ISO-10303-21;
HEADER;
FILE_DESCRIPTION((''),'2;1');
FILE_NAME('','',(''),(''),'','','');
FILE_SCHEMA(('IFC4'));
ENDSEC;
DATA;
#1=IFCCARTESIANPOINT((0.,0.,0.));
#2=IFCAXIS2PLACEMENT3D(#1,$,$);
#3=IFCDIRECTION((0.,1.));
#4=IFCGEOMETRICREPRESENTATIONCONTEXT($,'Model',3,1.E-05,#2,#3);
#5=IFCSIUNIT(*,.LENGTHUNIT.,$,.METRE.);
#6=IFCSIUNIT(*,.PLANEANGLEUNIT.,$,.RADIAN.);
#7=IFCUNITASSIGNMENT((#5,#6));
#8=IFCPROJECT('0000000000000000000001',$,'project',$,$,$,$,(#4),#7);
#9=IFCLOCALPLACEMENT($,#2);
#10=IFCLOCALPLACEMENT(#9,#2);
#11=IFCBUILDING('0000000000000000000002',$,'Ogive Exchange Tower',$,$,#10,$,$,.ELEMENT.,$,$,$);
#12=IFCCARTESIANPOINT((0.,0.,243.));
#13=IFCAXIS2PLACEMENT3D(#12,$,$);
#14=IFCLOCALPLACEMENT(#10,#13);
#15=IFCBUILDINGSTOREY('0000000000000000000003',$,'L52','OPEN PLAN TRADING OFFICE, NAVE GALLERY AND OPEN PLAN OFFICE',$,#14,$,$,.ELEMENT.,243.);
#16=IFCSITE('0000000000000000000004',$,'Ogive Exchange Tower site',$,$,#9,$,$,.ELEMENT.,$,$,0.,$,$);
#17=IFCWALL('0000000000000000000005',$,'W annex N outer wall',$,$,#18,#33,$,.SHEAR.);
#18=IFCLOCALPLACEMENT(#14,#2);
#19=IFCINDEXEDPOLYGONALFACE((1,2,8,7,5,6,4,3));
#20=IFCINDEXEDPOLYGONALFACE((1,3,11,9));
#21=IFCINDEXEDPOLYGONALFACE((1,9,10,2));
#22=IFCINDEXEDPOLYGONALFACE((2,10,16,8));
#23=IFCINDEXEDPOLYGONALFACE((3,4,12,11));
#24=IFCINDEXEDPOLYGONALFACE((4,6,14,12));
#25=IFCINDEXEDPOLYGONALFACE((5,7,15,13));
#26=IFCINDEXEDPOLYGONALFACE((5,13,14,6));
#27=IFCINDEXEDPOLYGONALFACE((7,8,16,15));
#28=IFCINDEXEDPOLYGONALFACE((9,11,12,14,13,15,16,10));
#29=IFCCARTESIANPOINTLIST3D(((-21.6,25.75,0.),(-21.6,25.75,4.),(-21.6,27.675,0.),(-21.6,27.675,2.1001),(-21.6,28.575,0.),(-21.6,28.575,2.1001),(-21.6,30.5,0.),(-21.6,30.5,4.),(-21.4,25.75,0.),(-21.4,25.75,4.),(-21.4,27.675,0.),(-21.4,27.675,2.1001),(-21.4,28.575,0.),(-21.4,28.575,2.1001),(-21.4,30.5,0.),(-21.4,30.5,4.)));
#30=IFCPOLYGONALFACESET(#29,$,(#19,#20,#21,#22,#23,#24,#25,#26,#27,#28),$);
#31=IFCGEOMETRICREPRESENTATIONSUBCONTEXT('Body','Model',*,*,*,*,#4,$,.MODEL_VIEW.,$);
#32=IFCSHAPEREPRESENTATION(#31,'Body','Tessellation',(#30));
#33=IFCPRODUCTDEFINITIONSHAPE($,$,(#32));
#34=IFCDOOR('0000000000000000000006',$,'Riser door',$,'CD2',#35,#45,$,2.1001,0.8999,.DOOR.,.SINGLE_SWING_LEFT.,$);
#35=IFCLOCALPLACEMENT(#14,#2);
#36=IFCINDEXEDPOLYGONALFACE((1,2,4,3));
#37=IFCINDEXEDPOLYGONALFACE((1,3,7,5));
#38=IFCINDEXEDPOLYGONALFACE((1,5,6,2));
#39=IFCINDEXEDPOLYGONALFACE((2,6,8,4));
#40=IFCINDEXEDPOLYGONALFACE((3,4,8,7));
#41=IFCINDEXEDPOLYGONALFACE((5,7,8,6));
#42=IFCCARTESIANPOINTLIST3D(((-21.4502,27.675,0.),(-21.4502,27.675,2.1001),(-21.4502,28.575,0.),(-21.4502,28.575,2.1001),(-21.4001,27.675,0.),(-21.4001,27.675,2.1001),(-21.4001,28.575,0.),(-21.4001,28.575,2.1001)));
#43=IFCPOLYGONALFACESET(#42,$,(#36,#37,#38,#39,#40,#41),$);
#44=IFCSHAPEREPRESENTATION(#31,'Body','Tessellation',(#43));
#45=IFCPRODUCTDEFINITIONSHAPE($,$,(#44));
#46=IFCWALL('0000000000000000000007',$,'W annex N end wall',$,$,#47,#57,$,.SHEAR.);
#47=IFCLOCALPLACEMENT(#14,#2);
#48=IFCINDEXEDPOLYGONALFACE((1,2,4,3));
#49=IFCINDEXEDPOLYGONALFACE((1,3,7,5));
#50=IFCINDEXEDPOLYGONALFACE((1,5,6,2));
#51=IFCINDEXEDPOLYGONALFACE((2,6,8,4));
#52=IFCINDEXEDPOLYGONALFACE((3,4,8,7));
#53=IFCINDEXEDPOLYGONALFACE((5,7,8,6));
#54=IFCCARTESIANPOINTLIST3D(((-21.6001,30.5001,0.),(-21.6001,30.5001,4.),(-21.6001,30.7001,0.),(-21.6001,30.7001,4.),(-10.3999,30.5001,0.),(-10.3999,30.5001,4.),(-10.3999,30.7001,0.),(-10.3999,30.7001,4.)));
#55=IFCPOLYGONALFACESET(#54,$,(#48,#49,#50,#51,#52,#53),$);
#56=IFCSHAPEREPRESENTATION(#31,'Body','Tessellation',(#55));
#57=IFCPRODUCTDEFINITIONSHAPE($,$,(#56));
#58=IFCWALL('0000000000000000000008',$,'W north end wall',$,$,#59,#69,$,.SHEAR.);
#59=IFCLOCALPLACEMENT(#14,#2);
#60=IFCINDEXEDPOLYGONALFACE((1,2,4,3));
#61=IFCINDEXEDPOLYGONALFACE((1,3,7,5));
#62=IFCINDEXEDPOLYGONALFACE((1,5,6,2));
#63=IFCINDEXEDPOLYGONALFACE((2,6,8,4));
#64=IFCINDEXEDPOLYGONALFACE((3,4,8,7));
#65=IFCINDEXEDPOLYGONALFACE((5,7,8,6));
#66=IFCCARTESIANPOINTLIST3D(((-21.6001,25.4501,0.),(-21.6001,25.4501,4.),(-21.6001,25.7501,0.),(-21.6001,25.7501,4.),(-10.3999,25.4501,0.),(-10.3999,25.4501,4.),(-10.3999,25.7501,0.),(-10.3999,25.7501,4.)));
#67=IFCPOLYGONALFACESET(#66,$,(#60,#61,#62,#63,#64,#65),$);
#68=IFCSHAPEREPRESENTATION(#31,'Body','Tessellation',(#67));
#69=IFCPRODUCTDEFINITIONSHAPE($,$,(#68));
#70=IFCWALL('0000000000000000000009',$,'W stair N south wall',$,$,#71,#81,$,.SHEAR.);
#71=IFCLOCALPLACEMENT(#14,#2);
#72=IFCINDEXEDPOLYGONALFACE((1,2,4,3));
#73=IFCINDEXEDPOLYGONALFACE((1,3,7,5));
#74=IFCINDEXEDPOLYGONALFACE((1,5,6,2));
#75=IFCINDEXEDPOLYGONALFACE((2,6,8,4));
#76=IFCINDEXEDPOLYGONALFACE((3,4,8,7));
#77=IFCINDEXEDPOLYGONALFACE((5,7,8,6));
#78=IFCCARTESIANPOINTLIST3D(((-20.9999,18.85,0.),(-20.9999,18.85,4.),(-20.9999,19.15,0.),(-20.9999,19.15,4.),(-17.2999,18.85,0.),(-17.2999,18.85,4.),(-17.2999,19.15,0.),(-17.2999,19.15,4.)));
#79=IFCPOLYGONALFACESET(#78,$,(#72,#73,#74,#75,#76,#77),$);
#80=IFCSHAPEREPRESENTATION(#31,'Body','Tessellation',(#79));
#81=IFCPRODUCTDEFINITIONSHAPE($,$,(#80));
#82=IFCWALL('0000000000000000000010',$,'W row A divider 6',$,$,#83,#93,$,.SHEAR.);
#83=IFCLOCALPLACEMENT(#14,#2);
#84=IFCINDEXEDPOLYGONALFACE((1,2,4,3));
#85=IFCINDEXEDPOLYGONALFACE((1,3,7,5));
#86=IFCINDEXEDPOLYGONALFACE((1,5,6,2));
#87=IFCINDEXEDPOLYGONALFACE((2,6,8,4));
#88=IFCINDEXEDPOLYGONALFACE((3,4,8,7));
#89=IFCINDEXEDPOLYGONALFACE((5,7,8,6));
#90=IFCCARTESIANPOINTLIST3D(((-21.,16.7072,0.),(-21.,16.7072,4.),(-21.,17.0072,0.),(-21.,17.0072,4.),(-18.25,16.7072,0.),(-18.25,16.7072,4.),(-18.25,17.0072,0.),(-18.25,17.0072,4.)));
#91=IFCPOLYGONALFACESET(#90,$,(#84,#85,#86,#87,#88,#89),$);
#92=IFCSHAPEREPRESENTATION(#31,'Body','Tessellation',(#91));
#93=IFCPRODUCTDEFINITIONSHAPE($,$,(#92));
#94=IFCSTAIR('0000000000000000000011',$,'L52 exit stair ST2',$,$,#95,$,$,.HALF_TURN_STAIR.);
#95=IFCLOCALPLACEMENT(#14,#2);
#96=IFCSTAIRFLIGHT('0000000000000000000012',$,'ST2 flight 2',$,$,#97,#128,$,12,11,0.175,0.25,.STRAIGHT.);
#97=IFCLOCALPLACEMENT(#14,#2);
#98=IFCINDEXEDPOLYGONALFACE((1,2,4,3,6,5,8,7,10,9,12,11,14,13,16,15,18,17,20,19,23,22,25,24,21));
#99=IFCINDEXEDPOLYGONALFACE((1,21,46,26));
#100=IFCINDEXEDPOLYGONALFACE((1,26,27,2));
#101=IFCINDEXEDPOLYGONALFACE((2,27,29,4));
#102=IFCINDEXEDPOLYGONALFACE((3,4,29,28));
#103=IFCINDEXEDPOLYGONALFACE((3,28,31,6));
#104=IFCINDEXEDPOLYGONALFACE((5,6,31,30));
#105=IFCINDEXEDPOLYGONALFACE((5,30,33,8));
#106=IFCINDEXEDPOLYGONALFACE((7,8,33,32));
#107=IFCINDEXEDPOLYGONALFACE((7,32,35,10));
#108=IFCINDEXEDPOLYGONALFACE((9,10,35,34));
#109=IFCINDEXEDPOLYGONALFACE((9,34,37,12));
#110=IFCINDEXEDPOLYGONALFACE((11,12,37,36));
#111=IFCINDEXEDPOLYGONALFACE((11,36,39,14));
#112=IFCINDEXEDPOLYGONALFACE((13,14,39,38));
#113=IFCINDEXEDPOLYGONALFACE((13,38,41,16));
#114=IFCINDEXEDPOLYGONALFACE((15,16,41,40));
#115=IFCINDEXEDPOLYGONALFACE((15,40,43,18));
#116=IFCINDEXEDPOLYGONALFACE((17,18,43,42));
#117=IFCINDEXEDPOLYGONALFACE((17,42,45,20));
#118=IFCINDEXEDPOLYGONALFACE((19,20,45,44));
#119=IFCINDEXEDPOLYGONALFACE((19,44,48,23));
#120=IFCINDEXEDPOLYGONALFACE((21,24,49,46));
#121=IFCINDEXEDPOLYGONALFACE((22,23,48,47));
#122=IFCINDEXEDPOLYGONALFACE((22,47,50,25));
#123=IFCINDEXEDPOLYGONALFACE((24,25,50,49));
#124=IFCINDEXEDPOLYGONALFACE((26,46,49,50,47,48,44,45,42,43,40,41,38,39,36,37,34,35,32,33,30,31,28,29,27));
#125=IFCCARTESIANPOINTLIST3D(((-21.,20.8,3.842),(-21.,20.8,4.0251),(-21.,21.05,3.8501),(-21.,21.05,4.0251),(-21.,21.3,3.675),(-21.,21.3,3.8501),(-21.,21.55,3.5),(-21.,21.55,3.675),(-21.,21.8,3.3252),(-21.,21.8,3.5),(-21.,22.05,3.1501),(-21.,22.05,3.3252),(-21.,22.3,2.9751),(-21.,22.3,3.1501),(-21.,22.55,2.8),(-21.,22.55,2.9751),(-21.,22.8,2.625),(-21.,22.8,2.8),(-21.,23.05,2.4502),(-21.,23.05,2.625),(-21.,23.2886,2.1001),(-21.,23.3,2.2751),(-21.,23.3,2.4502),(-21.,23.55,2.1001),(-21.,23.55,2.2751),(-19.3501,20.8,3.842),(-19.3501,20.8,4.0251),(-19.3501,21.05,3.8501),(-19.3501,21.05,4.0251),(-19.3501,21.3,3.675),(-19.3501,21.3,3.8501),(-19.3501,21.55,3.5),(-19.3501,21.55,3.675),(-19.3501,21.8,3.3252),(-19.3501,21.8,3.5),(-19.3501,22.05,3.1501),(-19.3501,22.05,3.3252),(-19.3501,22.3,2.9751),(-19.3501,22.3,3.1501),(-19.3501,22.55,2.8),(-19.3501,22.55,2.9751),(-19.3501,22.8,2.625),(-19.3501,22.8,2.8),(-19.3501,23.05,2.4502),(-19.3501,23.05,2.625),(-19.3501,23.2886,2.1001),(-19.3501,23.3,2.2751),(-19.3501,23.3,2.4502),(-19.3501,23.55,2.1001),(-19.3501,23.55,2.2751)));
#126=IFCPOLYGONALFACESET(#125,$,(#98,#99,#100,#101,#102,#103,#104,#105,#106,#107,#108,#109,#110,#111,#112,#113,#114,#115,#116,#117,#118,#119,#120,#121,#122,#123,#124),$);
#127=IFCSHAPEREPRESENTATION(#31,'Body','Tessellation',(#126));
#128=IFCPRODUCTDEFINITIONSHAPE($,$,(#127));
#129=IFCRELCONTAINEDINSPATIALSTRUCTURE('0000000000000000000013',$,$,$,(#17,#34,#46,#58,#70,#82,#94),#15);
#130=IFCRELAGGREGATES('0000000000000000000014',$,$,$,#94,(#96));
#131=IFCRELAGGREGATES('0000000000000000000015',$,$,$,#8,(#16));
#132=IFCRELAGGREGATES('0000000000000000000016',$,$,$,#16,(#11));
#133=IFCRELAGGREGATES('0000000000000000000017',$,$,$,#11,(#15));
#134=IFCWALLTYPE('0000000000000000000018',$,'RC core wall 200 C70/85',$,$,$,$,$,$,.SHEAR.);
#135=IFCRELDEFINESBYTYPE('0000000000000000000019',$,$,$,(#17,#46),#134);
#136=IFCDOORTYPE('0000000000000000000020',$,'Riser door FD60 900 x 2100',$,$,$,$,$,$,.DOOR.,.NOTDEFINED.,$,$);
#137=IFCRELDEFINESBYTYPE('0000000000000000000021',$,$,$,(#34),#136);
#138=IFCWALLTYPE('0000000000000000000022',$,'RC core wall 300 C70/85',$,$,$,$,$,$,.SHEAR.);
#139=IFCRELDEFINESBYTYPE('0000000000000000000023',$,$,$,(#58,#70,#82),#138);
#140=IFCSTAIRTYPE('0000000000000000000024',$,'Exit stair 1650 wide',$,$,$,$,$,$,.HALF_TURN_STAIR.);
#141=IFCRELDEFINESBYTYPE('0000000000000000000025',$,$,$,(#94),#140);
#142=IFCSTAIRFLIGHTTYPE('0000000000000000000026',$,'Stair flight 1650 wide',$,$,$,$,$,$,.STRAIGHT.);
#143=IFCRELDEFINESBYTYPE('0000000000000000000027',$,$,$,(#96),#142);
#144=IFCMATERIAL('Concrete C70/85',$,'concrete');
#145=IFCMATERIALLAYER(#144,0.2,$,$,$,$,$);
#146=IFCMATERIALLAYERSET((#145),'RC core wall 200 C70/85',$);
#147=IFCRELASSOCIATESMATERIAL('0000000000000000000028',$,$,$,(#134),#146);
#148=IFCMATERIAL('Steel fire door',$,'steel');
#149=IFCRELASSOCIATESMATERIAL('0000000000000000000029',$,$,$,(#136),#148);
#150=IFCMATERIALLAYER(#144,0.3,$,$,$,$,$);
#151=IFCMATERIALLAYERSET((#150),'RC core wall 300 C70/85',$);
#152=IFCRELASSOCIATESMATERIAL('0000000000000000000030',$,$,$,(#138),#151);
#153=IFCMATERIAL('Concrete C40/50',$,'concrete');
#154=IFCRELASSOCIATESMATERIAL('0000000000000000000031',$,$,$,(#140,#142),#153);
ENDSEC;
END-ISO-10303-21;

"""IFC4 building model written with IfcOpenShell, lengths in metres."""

from ifc_helpers import new_model, si_unit, direction, frame, frame_2d, origin, place, context, subcontext, project, spatial, polyline, rectangle, outline, extrude, material, layer, layer_set, type_object, element, fill, aggregate, save


model = new_model("IFC4")

# Units and contexts
model_context = context("Model", 3, precision=1e-05, world=origin(), true_north=direction((0.0, 1.0)))
body_context = subcontext(model_context, "Body", "Model", "MODEL_VIEW")
ifc_project = project(units=[si_unit("LENGTHUNIT", "METRE"), si_unit("PLANEANGLEUNIT", "RADIAN")], contexts=[model_context])

# Site, building, storey
site_placement = place(None, origin())
site = spatial("IfcSite", under=ifc_project, at=site_placement, Name="Ogive Exchange Tower site", CompositionType="ELEMENT", RefElevation=0.0)
building_placement = place(site_placement, origin())
building = spatial("IfcBuilding", under=site, at=building_placement, Name="Ogive Exchange Tower", CompositionType="ELEMENT")
storey_placement = place(building_placement, frame((0.0, 0.0, 243.0)))
storey = spatial("IfcBuildingStorey", under=building, at=storey_placement, Name="L52", Description="OPEN PLAN TRADING OFFICE, NAVE GALLERY AND OPEN PLAN OFFICE", CompositionType="ELEMENT", Elevation=243.0)

# Wall, opening, door
ifc_material_1 = material(Name="Concrete C70/85", Category="concrete")
ifc_layer_1 = layer(ifc_material_1, 0.2)
ifc_layer_set_1 = layer_set([ifc_layer_1], Name="RC core wall 200 C70/85")
wall_type_1 = type_object("IfcWallType", Name="RC core wall 200 C70/85", PredefinedType="SHEAR", material=ifc_layer_set_1)
wall_1_placement = place(storey_placement, frame((-21.5, 25.75, 0.0), z_axis=(0.0, 0.0, 1.0), x_axis=(0.0, 1.0, 0.0)))
wall_1 = element("IfcWall", 1, at=wall_1_placement, inside=storey, type_object=wall_type_1, Name="W annex N outer wall", PredefinedType="SHEAR", context=body_context, shape_type="SweptSolid", body=[
    extrude(rectangle(XDim=4.75, YDim=0.2, at=frame_2d((2.375, 0.0))), origin(), (0.0, 0.0, 1.0), 4.0),
])
opening_placement = place(wall_1_placement, frame((1.925, 0.0, 0.0)))
opening = element("IfcOpeningElement", 2, at=opening_placement, cuts=wall_1, PredefinedType="OPENING", context=body_context, shape_type="SweptSolid", body=[
    extrude(rectangle(XDim=0.8999, YDim=2.1001, at=frame_2d((0.45, 1.05))), frame((0.0, 0.1099, 0.0), z_axis=(0.0, -1.0, 0.0), x_axis=(1.0, 0.0, 0.0)), (0.0, 0.0, 1.0), 0.22),
])
ifc_material_2 = material(Name="Steel fire door", Category="steel")
door_type = type_object("IfcDoorType", Name="Riser door FD60 900 x 2100", OperationType="NOTDEFINED", PredefinedType="DOOR", material=ifc_material_2)
door_placement = place(opening_placement, origin())
door = element("IfcDoor", 3, at=door_placement, inside=storey, type_object=door_type, Name="Riser door", ObjectType="CD2", OperationType="SINGLE_SWING_LEFT", OverallHeight=2.1001, OverallWidth=0.8999, PredefinedType="DOOR", context=body_context, shape_type="SweptSolid", body=[
    extrude(rectangle(XDim=0.8999, YDim=2.1001, at=frame_2d((0.45, 1.05))), frame((0.0, -0.0498, 0.0), z_axis=(0.0, -1.0, 0.0), x_axis=(1.0, 0.0, 0.0)), (0.0, 0.0, 1.0), 0.05),
])
fill(opening, door)

# Walls
wall_2_placement = place(storey_placement, frame((-21.6001, 30.6001, 0.0), z_axis=(0.0, 0.0, 1.0), x_axis=(1.0, 0.0, 0.0)))
element("IfcWall", 4, at=wall_2_placement, inside=storey, type_object=wall_type_1, Name="W annex N end wall", PredefinedType="SHEAR", context=body_context, shape_type="SweptSolid", body=[
    extrude(rectangle(XDim=11.2002, YDim=0.2, at=frame_2d((5.6001, 0.0))), origin(), (0.0, 0.0, 1.0), 4.0),
])
ifc_layer_2 = layer(ifc_material_1, 0.3)
ifc_layer_set_2 = layer_set([ifc_layer_2], Name="RC core wall 300 C70/85")
wall_type_2 = type_object("IfcWallType", Name="RC core wall 300 C70/85", PredefinedType="SHEAR", material=ifc_layer_set_2)
wall_3_placement = place(storey_placement, frame((-21.6001, 25.6001, 0.0), z_axis=(0.0, 0.0, 1.0), x_axis=(1.0, 0.0, 0.0)))
element("IfcWall", 5, at=wall_3_placement, inside=storey, type_object=wall_type_2, Name="W north end wall", PredefinedType="SHEAR", context=body_context, shape_type="SweptSolid", body=[
    extrude(rectangle(XDim=11.2002, YDim=0.3, at=frame_2d((5.6001, 0.0))), origin(), (0.0, 0.0, 1.0), 4.0),
])
wall_4_placement = place(storey_placement, frame((-21.0, 19.0, 0.0), z_axis=(0.0, 0.0, 1.0), x_axis=(1.0, 0.0, 0.0)))
element("IfcWall", 6, at=wall_4_placement, inside=storey, type_object=wall_type_2, Name="W stair N south wall", PredefinedType="SHEAR", context=body_context, shape_type="SweptSolid", body=[
    extrude(rectangle(XDim=3.7, YDim=0.3, at=frame_2d((1.8501, 0.0))), origin(), (0.0, 0.0, 1.0), 4.0),
])
wall_5_placement = place(storey_placement, frame((-21.0, 16.8572, 0.0), z_axis=(0.0, 0.0, 1.0), x_axis=(1.0, 0.0, 0.0)))
element("IfcWall", 7, at=wall_5_placement, inside=storey, type_object=wall_type_2, Name="W row A divider 6", PredefinedType="SHEAR", context=body_context, shape_type="SweptSolid", body=[
    extrude(rectangle(XDim=2.75, YDim=0.3, at=frame_2d((1.375, 0.0))), origin(), (0.0, 0.0, 1.0), 4.0),
])

# Stair, stair flight
ifc_material_3 = material(Name="Concrete C40/50", Category="concrete")
stair_type = type_object("IfcStairType", Name="Exit stair 1650 wide", PredefinedType="HALF_TURN_STAIR", material=ifc_material_3)
stair_placement = place(storey_placement, origin())
stair = element("IfcStair", 8, at=stair_placement, inside=storey, type_object=stair_type, Name="L52 exit stair ST2", PredefinedType="HALF_TURN_STAIR")
stair_flight_type = type_object("IfcStairFlightType", Name="Stair flight 1650 wide", PredefinedType="STRAIGHT", material=ifc_material_3)
stair_flight_placement = place(storey_placement, frame((-20.175, 23.55, 2.1001), z_axis=(0.0, 0.0, 1.0), x_axis=(0.0, -1.0, 0.0)))
stair_flight = element("IfcStairFlight", 9, at=stair_flight_placement, type_object=stair_flight_type, Name="ST2 flight 2", NumberOfRisers=12, NumberOfTreads=11, PredefinedType="STRAIGHT", RiserHeight=0.175, TreadLength=0.25, context=body_context, shape_type="SweptSolid", body=[
    extrude(outline(polyline([(0.0, 0.0), (0.0, 0.175), (0.25, 0.175), (0.25, 0.3501), (0.5, 0.3501), (0.5, 0.5249), (0.75, 0.5249), (0.75, 0.7), (1.0, 0.7), (1.0, 0.875), (1.25, 0.875), (1.25, 1.05), (1.5, 1.05), (1.5, 1.2251), (1.75, 1.2251), (1.75, 1.3999), (2.0, 1.3999), (2.0, 1.575), (2.25, 1.575), (2.25, 1.75), (2.5, 1.75), (2.5, 1.925), (2.75, 1.925), (2.75, 2.1001), (2.75, 1.7419), (0.2615, 0.0), (0.0, 0.0)])), frame((0.0, 0.825, 0.0), z_axis=(0.0, -1.0, 0.0), x_axis=(1.0, 0.0, 0.0)), (0.0, 0.0, 1.0), 1.6499),
])
aggregate(stair, [stair_flight])

save(model, "model.ifc")
